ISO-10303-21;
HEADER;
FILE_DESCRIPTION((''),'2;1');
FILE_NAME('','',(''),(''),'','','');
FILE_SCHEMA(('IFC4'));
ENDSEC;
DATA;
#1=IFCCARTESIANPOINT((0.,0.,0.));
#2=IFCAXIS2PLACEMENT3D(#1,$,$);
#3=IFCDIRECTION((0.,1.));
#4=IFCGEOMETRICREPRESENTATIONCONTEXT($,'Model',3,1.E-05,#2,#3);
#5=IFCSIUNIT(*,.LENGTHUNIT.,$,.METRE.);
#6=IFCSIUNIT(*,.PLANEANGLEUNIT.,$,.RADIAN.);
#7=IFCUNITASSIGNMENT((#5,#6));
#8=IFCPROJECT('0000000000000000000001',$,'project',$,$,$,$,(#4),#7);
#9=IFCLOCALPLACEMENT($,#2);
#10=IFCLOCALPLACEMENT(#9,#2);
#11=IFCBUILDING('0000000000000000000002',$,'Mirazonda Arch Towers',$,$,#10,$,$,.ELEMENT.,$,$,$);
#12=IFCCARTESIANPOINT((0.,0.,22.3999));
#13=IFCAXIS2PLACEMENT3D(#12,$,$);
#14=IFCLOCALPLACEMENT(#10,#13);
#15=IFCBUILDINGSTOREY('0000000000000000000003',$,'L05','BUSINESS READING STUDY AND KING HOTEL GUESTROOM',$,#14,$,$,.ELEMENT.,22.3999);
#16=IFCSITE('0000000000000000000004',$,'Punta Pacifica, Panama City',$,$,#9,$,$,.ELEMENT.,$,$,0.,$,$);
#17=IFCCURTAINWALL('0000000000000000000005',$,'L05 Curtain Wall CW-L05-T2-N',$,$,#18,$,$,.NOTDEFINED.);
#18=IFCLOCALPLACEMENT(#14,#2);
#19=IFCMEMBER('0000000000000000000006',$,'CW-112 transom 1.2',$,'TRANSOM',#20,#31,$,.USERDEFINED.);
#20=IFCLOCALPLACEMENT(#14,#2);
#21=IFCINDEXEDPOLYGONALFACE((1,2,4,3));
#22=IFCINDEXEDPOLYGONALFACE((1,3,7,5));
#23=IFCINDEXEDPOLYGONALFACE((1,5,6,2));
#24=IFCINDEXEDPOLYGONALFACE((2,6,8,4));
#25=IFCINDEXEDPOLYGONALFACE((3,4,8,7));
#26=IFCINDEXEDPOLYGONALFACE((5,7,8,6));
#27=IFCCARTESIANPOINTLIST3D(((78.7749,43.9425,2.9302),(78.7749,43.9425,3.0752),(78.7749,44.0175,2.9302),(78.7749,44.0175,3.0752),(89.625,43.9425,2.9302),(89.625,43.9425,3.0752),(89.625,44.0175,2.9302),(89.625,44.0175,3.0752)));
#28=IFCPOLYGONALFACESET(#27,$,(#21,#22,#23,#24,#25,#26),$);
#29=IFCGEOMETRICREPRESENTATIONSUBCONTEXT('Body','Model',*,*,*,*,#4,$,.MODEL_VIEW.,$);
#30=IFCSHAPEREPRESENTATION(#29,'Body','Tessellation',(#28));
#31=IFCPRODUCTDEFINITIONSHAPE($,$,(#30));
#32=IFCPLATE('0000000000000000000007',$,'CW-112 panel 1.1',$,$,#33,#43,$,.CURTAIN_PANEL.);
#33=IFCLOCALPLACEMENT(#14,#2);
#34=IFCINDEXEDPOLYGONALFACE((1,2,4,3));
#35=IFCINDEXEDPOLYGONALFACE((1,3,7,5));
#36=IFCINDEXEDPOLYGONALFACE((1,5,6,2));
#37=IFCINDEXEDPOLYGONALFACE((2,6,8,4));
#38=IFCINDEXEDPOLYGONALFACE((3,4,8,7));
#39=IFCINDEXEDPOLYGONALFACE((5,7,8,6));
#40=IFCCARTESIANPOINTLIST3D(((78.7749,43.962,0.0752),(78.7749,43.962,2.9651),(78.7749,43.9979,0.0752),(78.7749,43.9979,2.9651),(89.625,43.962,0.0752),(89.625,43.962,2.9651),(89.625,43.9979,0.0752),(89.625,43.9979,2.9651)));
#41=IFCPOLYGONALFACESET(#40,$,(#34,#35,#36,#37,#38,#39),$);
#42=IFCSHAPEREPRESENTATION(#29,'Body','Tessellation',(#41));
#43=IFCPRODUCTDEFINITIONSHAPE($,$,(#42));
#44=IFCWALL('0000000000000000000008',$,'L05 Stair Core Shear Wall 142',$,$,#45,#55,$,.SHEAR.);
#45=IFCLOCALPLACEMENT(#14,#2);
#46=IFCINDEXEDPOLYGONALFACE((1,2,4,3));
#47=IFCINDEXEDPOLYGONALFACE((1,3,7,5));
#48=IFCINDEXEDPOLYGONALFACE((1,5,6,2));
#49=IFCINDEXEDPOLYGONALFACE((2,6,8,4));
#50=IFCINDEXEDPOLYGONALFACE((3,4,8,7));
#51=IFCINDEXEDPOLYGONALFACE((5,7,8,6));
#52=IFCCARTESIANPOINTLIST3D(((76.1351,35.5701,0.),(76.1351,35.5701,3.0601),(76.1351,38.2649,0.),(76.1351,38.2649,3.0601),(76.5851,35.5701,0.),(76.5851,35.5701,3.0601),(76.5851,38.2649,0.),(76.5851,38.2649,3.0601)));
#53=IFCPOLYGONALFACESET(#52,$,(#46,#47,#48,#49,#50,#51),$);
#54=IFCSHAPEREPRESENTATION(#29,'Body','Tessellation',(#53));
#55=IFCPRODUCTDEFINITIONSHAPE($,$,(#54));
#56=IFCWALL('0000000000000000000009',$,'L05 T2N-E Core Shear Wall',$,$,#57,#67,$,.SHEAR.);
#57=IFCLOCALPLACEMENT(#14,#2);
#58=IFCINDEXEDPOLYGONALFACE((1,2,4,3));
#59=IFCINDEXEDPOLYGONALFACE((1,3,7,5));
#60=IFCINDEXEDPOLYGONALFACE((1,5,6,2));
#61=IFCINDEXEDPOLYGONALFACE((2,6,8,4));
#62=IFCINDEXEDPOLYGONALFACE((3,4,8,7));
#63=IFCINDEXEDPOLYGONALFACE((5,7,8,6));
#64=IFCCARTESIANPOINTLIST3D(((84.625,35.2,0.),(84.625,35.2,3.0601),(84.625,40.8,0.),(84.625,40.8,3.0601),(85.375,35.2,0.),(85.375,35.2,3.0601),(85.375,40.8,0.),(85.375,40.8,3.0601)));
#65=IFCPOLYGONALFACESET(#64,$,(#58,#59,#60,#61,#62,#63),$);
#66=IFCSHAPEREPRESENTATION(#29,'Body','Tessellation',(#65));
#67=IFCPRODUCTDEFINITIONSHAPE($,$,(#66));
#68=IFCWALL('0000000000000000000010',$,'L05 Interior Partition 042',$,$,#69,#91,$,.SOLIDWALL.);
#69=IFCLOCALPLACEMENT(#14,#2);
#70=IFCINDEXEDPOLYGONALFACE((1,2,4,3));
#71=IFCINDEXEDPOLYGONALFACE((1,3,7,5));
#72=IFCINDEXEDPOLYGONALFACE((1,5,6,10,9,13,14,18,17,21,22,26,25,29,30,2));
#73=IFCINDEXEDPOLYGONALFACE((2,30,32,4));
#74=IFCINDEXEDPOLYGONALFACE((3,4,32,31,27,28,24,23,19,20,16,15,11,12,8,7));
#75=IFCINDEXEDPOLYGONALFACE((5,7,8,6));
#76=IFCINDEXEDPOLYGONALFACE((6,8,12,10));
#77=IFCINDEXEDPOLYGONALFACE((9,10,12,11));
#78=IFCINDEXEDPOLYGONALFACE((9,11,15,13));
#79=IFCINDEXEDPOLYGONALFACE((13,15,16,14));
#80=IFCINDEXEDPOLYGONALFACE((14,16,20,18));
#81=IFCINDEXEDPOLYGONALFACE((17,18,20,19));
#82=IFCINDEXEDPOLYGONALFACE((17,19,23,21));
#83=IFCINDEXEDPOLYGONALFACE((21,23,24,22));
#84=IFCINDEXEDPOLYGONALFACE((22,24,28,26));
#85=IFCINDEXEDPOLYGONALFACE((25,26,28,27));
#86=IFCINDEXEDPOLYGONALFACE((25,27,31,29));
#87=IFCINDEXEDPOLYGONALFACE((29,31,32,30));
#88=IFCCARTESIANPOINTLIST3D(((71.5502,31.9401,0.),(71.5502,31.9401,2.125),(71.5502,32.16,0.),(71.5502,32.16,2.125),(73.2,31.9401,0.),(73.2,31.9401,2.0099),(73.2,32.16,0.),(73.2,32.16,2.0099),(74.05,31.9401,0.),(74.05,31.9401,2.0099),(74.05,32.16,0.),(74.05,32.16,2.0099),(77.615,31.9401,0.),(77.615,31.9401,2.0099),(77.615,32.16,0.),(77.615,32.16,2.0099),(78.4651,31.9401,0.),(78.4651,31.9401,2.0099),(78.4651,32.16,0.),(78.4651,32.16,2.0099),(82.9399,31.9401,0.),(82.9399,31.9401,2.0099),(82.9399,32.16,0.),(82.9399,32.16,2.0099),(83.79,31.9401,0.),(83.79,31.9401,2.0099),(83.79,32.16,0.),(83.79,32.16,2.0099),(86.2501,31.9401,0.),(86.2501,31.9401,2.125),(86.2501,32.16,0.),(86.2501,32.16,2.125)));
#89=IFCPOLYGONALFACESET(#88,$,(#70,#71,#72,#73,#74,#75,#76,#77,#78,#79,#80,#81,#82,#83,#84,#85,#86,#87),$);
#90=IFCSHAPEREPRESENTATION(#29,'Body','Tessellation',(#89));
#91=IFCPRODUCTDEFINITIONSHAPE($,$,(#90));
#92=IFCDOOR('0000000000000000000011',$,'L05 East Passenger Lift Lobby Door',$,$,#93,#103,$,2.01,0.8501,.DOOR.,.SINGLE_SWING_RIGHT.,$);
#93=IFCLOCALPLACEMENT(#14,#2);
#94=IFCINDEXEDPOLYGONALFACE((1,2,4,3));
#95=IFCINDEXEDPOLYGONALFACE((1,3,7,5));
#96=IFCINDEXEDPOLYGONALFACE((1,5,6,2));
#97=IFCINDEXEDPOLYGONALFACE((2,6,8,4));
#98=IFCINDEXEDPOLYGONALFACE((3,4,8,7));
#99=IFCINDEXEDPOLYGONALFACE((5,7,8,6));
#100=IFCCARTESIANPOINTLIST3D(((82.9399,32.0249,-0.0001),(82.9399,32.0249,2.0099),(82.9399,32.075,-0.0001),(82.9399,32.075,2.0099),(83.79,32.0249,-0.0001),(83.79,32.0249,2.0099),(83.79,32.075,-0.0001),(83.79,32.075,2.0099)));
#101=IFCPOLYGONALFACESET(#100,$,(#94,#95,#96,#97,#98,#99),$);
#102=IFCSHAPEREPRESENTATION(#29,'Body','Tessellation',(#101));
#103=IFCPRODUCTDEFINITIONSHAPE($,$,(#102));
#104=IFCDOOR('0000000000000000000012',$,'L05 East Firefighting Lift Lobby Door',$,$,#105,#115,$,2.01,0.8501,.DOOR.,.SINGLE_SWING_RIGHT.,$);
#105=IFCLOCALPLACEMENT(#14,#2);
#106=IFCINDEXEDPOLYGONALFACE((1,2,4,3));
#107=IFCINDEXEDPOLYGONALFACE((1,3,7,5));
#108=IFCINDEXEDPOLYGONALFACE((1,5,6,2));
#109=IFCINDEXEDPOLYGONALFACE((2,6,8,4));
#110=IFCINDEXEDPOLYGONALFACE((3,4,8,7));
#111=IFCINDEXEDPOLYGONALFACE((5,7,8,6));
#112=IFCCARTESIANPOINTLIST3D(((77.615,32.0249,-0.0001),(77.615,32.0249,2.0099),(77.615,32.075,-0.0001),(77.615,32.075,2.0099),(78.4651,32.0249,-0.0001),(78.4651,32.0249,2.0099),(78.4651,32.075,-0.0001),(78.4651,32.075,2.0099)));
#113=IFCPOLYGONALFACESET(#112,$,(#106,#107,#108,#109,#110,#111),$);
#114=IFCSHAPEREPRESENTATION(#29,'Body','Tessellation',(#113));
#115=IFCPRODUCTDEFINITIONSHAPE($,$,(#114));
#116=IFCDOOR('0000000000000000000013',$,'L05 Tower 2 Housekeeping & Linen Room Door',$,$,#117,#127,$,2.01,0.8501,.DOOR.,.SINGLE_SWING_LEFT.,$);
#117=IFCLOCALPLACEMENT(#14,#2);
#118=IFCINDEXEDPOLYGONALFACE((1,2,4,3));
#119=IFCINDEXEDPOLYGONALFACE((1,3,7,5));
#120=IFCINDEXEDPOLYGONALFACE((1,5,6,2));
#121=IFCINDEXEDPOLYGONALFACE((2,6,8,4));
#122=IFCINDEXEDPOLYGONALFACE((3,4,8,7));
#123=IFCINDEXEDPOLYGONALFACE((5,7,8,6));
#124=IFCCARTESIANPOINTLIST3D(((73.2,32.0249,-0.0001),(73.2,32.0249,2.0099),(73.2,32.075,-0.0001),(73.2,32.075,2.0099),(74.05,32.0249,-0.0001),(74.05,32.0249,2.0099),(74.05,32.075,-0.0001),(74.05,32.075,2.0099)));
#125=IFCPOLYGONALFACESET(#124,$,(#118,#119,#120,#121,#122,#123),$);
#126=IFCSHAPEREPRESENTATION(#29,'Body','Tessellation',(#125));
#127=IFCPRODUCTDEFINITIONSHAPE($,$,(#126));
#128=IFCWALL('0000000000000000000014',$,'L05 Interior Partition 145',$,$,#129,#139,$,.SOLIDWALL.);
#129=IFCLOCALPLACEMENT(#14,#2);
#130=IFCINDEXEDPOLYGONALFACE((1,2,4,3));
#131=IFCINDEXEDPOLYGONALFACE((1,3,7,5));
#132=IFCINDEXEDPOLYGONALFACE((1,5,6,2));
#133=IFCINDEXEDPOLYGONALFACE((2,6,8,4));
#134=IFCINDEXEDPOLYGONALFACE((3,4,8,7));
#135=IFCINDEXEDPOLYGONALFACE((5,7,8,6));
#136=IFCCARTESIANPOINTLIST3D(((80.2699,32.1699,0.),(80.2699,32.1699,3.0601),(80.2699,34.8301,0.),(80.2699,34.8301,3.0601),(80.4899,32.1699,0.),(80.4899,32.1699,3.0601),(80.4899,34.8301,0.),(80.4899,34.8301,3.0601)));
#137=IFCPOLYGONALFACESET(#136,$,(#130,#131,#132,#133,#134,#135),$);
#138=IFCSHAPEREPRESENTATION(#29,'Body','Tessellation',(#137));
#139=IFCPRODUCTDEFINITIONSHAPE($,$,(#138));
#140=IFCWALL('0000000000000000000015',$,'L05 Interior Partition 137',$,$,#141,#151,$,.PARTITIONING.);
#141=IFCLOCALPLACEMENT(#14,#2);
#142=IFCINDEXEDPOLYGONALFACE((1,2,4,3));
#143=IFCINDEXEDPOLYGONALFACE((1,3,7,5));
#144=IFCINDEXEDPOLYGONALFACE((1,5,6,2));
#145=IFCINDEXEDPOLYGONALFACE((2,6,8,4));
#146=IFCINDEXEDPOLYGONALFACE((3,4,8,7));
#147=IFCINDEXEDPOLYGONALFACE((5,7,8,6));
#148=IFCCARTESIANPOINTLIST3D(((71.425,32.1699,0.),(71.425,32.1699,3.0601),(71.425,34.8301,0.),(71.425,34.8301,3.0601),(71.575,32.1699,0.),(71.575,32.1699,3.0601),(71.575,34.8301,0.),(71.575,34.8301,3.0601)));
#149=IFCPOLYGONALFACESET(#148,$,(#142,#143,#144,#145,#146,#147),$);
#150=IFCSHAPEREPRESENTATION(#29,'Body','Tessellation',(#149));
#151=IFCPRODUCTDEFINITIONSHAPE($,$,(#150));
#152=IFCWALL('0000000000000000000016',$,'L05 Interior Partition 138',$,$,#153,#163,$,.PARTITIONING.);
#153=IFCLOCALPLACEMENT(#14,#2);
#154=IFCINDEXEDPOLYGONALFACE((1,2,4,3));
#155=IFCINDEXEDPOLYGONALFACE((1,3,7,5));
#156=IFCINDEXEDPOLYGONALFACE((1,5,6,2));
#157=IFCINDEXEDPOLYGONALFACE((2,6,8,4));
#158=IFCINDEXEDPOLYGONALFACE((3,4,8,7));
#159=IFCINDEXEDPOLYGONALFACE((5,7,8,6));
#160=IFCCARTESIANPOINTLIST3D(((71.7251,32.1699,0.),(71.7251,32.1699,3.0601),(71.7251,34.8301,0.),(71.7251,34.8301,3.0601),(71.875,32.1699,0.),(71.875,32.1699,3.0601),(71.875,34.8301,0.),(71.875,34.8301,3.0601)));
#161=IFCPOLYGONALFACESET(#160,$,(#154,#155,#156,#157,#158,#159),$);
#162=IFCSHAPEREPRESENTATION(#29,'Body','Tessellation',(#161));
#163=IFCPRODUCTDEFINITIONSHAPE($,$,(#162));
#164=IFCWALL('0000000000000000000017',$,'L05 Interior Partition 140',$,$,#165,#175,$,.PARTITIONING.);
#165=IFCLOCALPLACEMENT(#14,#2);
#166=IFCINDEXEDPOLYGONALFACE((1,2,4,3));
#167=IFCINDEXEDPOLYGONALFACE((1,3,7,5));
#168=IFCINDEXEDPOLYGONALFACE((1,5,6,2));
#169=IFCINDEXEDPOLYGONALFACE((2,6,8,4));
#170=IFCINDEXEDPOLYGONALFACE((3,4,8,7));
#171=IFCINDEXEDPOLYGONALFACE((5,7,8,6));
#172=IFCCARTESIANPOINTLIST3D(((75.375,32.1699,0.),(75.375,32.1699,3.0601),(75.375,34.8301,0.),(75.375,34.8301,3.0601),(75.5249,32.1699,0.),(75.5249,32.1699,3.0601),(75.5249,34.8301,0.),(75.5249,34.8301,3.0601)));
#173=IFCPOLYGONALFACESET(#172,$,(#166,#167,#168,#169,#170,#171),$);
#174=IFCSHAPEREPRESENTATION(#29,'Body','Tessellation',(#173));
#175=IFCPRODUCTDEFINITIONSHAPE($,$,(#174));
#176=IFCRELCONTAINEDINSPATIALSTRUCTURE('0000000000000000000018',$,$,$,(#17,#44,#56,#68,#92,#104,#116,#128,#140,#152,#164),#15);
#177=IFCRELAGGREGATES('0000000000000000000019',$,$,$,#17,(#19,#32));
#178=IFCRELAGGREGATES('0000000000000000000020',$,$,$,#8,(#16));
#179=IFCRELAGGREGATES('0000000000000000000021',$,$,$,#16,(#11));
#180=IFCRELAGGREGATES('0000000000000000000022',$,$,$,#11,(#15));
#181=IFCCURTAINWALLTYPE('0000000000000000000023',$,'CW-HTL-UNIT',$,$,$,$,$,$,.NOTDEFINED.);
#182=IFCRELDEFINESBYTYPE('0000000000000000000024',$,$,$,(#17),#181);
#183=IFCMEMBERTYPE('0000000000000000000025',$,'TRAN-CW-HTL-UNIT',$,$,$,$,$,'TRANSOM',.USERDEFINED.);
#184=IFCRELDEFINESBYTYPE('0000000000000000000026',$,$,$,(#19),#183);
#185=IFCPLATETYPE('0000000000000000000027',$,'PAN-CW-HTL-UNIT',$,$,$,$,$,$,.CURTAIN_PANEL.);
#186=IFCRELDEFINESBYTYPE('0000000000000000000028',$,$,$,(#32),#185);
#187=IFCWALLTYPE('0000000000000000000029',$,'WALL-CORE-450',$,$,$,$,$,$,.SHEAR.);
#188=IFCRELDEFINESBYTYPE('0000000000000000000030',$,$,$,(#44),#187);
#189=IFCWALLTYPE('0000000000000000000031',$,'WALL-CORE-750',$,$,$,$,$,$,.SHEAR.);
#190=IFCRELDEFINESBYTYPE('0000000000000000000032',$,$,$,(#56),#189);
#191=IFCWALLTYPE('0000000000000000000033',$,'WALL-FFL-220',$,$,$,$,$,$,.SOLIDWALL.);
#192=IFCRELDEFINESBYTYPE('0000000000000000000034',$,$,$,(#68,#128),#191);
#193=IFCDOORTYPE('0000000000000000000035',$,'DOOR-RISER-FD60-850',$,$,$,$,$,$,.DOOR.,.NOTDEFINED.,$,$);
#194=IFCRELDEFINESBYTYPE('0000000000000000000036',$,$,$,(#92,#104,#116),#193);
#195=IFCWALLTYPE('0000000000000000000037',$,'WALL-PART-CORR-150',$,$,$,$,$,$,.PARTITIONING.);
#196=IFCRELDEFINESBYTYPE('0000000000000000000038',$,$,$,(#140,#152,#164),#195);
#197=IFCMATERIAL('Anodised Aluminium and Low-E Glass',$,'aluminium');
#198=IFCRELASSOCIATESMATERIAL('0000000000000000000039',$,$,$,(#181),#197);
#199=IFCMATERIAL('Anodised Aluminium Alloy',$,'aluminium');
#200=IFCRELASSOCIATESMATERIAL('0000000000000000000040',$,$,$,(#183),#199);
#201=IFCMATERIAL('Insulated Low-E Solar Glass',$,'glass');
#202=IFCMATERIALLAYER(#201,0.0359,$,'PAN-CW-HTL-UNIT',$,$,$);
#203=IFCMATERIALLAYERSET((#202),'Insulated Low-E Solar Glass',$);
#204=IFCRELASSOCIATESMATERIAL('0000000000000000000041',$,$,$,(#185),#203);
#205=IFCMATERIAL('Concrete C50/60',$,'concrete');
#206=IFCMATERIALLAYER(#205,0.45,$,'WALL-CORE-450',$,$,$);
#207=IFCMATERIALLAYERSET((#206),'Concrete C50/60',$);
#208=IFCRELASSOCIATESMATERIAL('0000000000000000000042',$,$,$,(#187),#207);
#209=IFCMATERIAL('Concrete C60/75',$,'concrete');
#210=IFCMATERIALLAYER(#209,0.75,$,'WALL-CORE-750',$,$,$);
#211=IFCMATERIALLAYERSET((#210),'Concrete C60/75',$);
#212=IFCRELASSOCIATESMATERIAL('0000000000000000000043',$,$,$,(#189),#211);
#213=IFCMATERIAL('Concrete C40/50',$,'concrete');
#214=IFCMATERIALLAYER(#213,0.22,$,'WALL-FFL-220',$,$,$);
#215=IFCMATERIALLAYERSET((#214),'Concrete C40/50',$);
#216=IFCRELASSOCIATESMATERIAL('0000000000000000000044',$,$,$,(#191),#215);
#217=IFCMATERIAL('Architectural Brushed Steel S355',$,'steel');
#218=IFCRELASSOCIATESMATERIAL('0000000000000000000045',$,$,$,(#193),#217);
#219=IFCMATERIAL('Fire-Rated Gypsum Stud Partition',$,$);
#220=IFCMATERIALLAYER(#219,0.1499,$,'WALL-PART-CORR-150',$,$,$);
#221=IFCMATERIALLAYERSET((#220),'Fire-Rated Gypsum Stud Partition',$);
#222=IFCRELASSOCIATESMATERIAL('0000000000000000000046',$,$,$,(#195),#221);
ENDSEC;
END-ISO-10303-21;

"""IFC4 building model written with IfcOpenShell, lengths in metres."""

from ifc_helpers import new_model, si_unit, direction, frame, frame_2d, origin, origin_2d, place, context, subcontext, project, spatial, rectangle, extrude, material, layer, layer_set, material_profile, profile_set, type_object, element, fill, aggregate, save


model = new_model("IFC4")

# Units and contexts
model_context = context("Model", 3, precision=1e-05, world=origin(), true_north=direction((0.0, 1.0)))
body_context = subcontext(model_context, "Body", "Model", "MODEL_VIEW")
ifc_project = project(units=[si_unit("LENGTHUNIT", "METRE"), si_unit("PLANEANGLEUNIT", "RADIAN")], contexts=[model_context])

# Site, building, storey
site_placement = place(None, origin())
site = spatial("IfcSite", under=ifc_project, at=site_placement, Name="Punta Pacifica, Panama City", CompositionType="ELEMENT", RefElevation=0.0)
building_placement = place(site_placement, origin())
building = spatial("IfcBuilding", under=site, at=building_placement, Name="Mirazonda Arch Towers", CompositionType="ELEMENT")
storey_placement = place(building_placement, frame((0.0, 0.0, 22.3999)))
storey = spatial("IfcBuildingStorey", under=building, at=storey_placement, Name="L05", Description="BUSINESS READING STUDY AND KING HOTEL GUESTROOM", CompositionType="ELEMENT", Elevation=22.3999)

# Shared definitions
ifc_material_1 = material(Name="Concrete C60/75", Category="concrete")

# Curtain wall, member, plate
ifc_material_2 = material(Name="Anodised Aluminium and Low-E Glass", Category="aluminium")
curtain_wall_type = type_object("IfcCurtainWallType", Name="CW-HTL-UNIT", PredefinedType="NOTDEFINED", material=ifc_material_2)
curtain_wall_placement = place(storey_placement, origin())
curtain_wall = element("IfcCurtainWall", 1, at=curtain_wall_placement, inside=storey, type_object=curtain_wall_type, Name="L05 Curtain Wall CW-L05-T2-N", PredefinedType="NOTDEFINED")
ifc_material_3 = material(Name="Anodised Aluminium Alloy", Category="aluminium")
ifc_material_profile_1 = material_profile(ifc_material_3, rectangle(XDim=0.075, YDim=0.145, at=origin_2d()), Name="ALU-TRAN-75x145")
ifc_profile_set_1 = profile_set([ifc_material_profile_1], Name="Anodised Aluminium Alloy")
member_type_1 = type_object("IfcMemberType", Name="TRAN-CW-HTL-UNIT", ElementType="TRANSOM", PredefinedType="USERDEFINED", material=ifc_profile_set_1)
member_1_placement = place(storey_placement, frame((78.7749, 43.98, 3.0027), z_axis=(1.0, 0.0, 0.0), x_axis=(0.0, 1.0, 0.0)))
member_1 = element("IfcMember", 2, at=member_1_placement, type_object=member_type_1, Name="CW-112 transom 1.2", ObjectType="TRANSOM", PredefinedType="USERDEFINED", context=body_context, shape_type="SweptSolid", body=[
    extrude(rectangle(XDim=0.075, YDim=0.145, at=origin_2d()), origin(), (0.0, 0.0, 1.0), 10.8501),
])
ifc_material_4 = material(Name="Insulated Low-E Solar Glass", Category="glass")
ifc_layer_1 = layer(ifc_material_4, 0.0359, Name="PAN-CW-HTL-UNIT")
ifc_layer_set_1 = layer_set([ifc_layer_1], Name="Insulated Low-E Solar Glass")
plate_type = type_object("IfcPlateType", Name="PAN-CW-HTL-UNIT", PredefinedType="CURTAIN_PANEL", material=ifc_layer_set_1)
plate_placement = place(storey_placement, frame((84.2, 43.98, 0.0752), z_axis=(0.0, 0.0, 1.0), x_axis=(1.0, 0.0, 0.0)))
plate = element("IfcPlate", 3, at=plate_placement, type_object=plate_type, Name="CW-112 panel 1.1", PredefinedType="CURTAIN_PANEL", context=body_context, shape_type="SweptSolid", body=[
    extrude(rectangle(XDim=10.8501, YDim=0.0359, at=origin_2d()), origin(), (0.0, 0.0, 1.0), 2.8899),
])
aggregate(curtain_wall, [member_1, plate])

# Walls
ifc_material_5 = material(Name="Concrete C50/60", Category="concrete")
ifc_layer_2 = layer(ifc_material_5, 0.45, Name="WALL-CORE-450")
ifc_layer_set_2 = layer_set([ifc_layer_2], Name="Concrete C50/60")
wall_type_1 = type_object("IfcWallType", Name="WALL-CORE-450", PredefinedType="SHEAR", material=ifc_layer_set_2)
wall_1_placement = place(storey_placement, frame((76.3601, 35.5701, 0.0), z_axis=(0.0, 0.0, 1.0), x_axis=(0.0, 1.0, 0.0)))
element("IfcWall", 4, at=wall_1_placement, inside=storey, type_object=wall_type_1, Name="L05 Stair Core Shear Wall 142", PredefinedType="SHEAR", context=body_context, shape_type="SweptSolid", body=[
    extrude(rectangle(XDim=2.6948, YDim=0.45, at=frame_2d((1.3474, 0.0))), origin(), (0.0, 0.0, 1.0), 3.0601),
])
ifc_layer_3 = layer(ifc_material_1, 0.75, Name="WALL-CORE-750")
ifc_layer_set_3 = layer_set([ifc_layer_3], Name="Concrete C60/75")
wall_type_2 = type_object("IfcWallType", Name="WALL-CORE-750", PredefinedType="SHEAR", material=ifc_layer_set_3)
wall_2_placement = place(storey_placement, frame((85.0, 35.2, 0.0), z_axis=(0.0, 0.0, 1.0), x_axis=(0.0, 1.0, 0.0)))
element("IfcWall", 5, at=wall_2_placement, inside=storey, type_object=wall_type_2, Name="L05 T2N-E Core Shear Wall", PredefinedType="SHEAR", context=body_context, shape_type="SweptSolid", body=[
    extrude(rectangle(XDim=5.6001, YDim=0.75, at=frame_2d((2.8, 0.0))), origin(), (0.0, 0.0, 1.0), 3.0601),
])

# Wall, openings, doors
ifc_material_6 = material(Name="Concrete C40/50", Category="concrete")
ifc_layer_4 = layer(ifc_material_6, 0.22, Name="WALL-FFL-220")
ifc_layer_set_4 = layer_set([ifc_layer_4], Name="Concrete C40/50")
wall_type_3 = type_object("IfcWallType", Name="WALL-FFL-220", PredefinedType="SOLIDWALL", material=ifc_layer_set_4)
wall_3_placement = place(storey_placement, frame((71.55, 32.05, 0.0), z_axis=(0.0, 0.0, 1.0), x_axis=(1.0, 0.0, 0.0)))
wall_3 = element("IfcWall", 6, at=wall_3_placement, inside=storey, type_object=wall_type_3, Name="L05 Interior Partition 042", PredefinedType="SOLIDWALL", context=body_context, shape_type="SweptSolid", body=[
    extrude(rectangle(XDim=14.7, YDim=0.22, at=frame_2d((7.3501, 0.0))), origin(), (0.0, 0.0, 1.0), 2.125),
])
opening_1_placement = place(wall_3_placement, frame((11.3899, 0.0, 0.0)))
opening_1 = element("IfcOpeningElement", 7, at=opening_1_placement, cuts=wall_3, PredefinedType="OPENING", context=body_context, shape_type="SweptSolid", body=[
    extrude(rectangle(XDim=0.8501, YDim=2.01, at=frame_2d((0.425, 1.0049))), frame((0.0, 0.1199, 0.0), z_axis=(0.0, -1.0, 0.0), x_axis=(1.0, 0.0, 0.0)), (0.0, 0.0, 1.0), 0.24),
])
opening_2_placement = place(wall_3_placement, frame((6.0649, 0.0, 0.0)))
opening_2 = element("IfcOpeningElement", 8, at=opening_2_placement, cuts=wall_3, PredefinedType="OPENING", context=body_context, shape_type="SweptSolid", body=[
    extrude(rectangle(XDim=0.8501, YDim=2.01, at=frame_2d((0.425, 1.0049))), frame((0.0, 0.1199, 0.0), z_axis=(0.0, -1.0, 0.0), x_axis=(1.0, 0.0, 0.0)), (0.0, 0.0, 1.0), 0.24),
])
opening_3_placement = place(wall_3_placement, frame((1.6499, 0.0, 0.0)))
opening_3 = element("IfcOpeningElement", 9, at=opening_3_placement, cuts=wall_3, PredefinedType="OPENING", context=body_context, shape_type="SweptSolid", body=[
    extrude(rectangle(XDim=0.8501, YDim=2.01, at=frame_2d((0.425, 1.0049))), frame((0.0, 0.1199, 0.0), z_axis=(0.0, -1.0, 0.0), x_axis=(1.0, 0.0, 0.0)), (0.0, 0.0, 1.0), 0.24),
])
ifc_material_7 = material(Name="Architectural Brushed Steel S355", Category="steel")
door_type = type_object("IfcDoorType", Name="DOOR-RISER-FD60-850", OperationType="NOTDEFINED", PredefinedType="DOOR", material=ifc_material_7)
door_1_placement = place(opening_1_placement, origin())
door_1 = element("IfcDoor", 10, at=door_1_placement, inside=storey, type_object=door_type, Name="L05 East Passenger Lift Lobby Door", OperationType="SINGLE_SWING_RIGHT", OverallHeight=2.01, OverallWidth=0.8501, PredefinedType="DOOR", context=body_context, shape_type="SweptSolid", body=[
    extrude(rectangle(XDim=0.8501, YDim=2.01, at=frame_2d((0.425, 1.0049))), frame((0.0, 0.0249, 0.0), z_axis=(0.0, -1.0, 0.0), x_axis=(1.0, 0.0, 0.0)), (0.0, 0.0, 1.0), 0.05),
])
fill(opening_1, door_1)
door_2_placement = place(opening_2_placement, origin())
door_2 = element("IfcDoor", 11, at=door_2_placement, inside=storey, type_object=door_type, Name="L05 East Firefighting Lift Lobby Door", OperationType="SINGLE_SWING_RIGHT", OverallHeight=2.01, OverallWidth=0.8501, PredefinedType="DOOR", context=body_context, shape_type="SweptSolid", body=[
    extrude(rectangle(XDim=0.8501, YDim=2.01, at=frame_2d((0.425, 1.0049))), frame((0.0, 0.0249, 0.0), z_axis=(0.0, -1.0, 0.0), x_axis=(1.0, 0.0, 0.0)), (0.0, 0.0, 1.0), 0.05),
])
fill(opening_2, door_2)
door_3_placement = place(opening_3_placement, origin())
door_3 = element("IfcDoor", 12, at=door_3_placement, inside=storey, type_object=door_type, Name="L05 Tower 2 Housekeeping & Linen Room Door", OperationType="SINGLE_SWING_LEFT", OverallHeight=2.01, OverallWidth=0.8501, PredefinedType="DOOR", context=body_context, shape_type="SweptSolid", body=[
    extrude(rectangle(XDim=0.8501, YDim=2.01, at=frame_2d((0.425, 1.0049))), frame((0.0, 0.0249, 0.0), z_axis=(0.0, -1.0, 0.0), x_axis=(1.0, 0.0, 0.0)), (0.0, 0.0, 1.0), 0.05),
])
fill(opening_3, door_3)

# Walls
wall_4_placement = place(storey_placement, frame((80.3799, 32.1699, 0.0), z_axis=(0.0, 0.0, 1.0), x_axis=(0.0, 1.0, 0.0)))
element("IfcWall", 13, at=wall_4_placement, inside=storey, type_object=wall_type_3, Name="L05 Interior Partition 145", PredefinedType="SOLIDWALL", context=body_context, shape_type="SweptSolid", body=[
    extrude(rectangle(XDim=2.6602, YDim=0.22, at=frame_2d((1.3301, 0.0))), origin(), (0.0, 0.0, 1.0), 3.0601),
])
ifc_material_8 = material(Name="Fire-Rated Gypsum Stud Partition")
ifc_layer_5 = layer(ifc_material_8, 0.1499, Name="WALL-PART-CORR-150")
ifc_layer_set_5 = layer_set([ifc_layer_5], Name="Fire-Rated Gypsum Stud Partition")
wall_type_4 = type_object("IfcWallType", Name="WALL-PART-CORR-150", PredefinedType="PARTITIONING", material=ifc_layer_set_5)
for number, where, z_axis, x_axis, name in (
    (14, (71.5, 32.1699, 0.0), (0.0, 0.0, 1.0), (0.0, 1.0, 0.0), "L05 Interior Partition 137"),
    (15, (71.8, 32.1699, 0.0), (0.0, 0.0, 1.0), (0.0, 1.0, 0.0), "L05 Interior Partition 138"),
    (16, (75.45, 32.1699, 0.0), (0.0, 0.0, 1.0), (0.0, 1.0, 0.0), "L05 Interior Partition 140"),
):
    element("IfcWall", number, at=place(storey_placement, frame(where, z_axis=z_axis, x_axis=x_axis)), inside=storey, type_object=wall_type_4, Name=name, PredefinedType="PARTITIONING", context=body_context, shape_type="SweptSolid", body=[
        extrude(rectangle(XDim=2.6602, YDim=0.1499, at=frame_2d((1.3301, 0.0))), origin(), (0.0, 0.0, 1.0), 3.0601),
    ])

save(model, "model.ifc")
